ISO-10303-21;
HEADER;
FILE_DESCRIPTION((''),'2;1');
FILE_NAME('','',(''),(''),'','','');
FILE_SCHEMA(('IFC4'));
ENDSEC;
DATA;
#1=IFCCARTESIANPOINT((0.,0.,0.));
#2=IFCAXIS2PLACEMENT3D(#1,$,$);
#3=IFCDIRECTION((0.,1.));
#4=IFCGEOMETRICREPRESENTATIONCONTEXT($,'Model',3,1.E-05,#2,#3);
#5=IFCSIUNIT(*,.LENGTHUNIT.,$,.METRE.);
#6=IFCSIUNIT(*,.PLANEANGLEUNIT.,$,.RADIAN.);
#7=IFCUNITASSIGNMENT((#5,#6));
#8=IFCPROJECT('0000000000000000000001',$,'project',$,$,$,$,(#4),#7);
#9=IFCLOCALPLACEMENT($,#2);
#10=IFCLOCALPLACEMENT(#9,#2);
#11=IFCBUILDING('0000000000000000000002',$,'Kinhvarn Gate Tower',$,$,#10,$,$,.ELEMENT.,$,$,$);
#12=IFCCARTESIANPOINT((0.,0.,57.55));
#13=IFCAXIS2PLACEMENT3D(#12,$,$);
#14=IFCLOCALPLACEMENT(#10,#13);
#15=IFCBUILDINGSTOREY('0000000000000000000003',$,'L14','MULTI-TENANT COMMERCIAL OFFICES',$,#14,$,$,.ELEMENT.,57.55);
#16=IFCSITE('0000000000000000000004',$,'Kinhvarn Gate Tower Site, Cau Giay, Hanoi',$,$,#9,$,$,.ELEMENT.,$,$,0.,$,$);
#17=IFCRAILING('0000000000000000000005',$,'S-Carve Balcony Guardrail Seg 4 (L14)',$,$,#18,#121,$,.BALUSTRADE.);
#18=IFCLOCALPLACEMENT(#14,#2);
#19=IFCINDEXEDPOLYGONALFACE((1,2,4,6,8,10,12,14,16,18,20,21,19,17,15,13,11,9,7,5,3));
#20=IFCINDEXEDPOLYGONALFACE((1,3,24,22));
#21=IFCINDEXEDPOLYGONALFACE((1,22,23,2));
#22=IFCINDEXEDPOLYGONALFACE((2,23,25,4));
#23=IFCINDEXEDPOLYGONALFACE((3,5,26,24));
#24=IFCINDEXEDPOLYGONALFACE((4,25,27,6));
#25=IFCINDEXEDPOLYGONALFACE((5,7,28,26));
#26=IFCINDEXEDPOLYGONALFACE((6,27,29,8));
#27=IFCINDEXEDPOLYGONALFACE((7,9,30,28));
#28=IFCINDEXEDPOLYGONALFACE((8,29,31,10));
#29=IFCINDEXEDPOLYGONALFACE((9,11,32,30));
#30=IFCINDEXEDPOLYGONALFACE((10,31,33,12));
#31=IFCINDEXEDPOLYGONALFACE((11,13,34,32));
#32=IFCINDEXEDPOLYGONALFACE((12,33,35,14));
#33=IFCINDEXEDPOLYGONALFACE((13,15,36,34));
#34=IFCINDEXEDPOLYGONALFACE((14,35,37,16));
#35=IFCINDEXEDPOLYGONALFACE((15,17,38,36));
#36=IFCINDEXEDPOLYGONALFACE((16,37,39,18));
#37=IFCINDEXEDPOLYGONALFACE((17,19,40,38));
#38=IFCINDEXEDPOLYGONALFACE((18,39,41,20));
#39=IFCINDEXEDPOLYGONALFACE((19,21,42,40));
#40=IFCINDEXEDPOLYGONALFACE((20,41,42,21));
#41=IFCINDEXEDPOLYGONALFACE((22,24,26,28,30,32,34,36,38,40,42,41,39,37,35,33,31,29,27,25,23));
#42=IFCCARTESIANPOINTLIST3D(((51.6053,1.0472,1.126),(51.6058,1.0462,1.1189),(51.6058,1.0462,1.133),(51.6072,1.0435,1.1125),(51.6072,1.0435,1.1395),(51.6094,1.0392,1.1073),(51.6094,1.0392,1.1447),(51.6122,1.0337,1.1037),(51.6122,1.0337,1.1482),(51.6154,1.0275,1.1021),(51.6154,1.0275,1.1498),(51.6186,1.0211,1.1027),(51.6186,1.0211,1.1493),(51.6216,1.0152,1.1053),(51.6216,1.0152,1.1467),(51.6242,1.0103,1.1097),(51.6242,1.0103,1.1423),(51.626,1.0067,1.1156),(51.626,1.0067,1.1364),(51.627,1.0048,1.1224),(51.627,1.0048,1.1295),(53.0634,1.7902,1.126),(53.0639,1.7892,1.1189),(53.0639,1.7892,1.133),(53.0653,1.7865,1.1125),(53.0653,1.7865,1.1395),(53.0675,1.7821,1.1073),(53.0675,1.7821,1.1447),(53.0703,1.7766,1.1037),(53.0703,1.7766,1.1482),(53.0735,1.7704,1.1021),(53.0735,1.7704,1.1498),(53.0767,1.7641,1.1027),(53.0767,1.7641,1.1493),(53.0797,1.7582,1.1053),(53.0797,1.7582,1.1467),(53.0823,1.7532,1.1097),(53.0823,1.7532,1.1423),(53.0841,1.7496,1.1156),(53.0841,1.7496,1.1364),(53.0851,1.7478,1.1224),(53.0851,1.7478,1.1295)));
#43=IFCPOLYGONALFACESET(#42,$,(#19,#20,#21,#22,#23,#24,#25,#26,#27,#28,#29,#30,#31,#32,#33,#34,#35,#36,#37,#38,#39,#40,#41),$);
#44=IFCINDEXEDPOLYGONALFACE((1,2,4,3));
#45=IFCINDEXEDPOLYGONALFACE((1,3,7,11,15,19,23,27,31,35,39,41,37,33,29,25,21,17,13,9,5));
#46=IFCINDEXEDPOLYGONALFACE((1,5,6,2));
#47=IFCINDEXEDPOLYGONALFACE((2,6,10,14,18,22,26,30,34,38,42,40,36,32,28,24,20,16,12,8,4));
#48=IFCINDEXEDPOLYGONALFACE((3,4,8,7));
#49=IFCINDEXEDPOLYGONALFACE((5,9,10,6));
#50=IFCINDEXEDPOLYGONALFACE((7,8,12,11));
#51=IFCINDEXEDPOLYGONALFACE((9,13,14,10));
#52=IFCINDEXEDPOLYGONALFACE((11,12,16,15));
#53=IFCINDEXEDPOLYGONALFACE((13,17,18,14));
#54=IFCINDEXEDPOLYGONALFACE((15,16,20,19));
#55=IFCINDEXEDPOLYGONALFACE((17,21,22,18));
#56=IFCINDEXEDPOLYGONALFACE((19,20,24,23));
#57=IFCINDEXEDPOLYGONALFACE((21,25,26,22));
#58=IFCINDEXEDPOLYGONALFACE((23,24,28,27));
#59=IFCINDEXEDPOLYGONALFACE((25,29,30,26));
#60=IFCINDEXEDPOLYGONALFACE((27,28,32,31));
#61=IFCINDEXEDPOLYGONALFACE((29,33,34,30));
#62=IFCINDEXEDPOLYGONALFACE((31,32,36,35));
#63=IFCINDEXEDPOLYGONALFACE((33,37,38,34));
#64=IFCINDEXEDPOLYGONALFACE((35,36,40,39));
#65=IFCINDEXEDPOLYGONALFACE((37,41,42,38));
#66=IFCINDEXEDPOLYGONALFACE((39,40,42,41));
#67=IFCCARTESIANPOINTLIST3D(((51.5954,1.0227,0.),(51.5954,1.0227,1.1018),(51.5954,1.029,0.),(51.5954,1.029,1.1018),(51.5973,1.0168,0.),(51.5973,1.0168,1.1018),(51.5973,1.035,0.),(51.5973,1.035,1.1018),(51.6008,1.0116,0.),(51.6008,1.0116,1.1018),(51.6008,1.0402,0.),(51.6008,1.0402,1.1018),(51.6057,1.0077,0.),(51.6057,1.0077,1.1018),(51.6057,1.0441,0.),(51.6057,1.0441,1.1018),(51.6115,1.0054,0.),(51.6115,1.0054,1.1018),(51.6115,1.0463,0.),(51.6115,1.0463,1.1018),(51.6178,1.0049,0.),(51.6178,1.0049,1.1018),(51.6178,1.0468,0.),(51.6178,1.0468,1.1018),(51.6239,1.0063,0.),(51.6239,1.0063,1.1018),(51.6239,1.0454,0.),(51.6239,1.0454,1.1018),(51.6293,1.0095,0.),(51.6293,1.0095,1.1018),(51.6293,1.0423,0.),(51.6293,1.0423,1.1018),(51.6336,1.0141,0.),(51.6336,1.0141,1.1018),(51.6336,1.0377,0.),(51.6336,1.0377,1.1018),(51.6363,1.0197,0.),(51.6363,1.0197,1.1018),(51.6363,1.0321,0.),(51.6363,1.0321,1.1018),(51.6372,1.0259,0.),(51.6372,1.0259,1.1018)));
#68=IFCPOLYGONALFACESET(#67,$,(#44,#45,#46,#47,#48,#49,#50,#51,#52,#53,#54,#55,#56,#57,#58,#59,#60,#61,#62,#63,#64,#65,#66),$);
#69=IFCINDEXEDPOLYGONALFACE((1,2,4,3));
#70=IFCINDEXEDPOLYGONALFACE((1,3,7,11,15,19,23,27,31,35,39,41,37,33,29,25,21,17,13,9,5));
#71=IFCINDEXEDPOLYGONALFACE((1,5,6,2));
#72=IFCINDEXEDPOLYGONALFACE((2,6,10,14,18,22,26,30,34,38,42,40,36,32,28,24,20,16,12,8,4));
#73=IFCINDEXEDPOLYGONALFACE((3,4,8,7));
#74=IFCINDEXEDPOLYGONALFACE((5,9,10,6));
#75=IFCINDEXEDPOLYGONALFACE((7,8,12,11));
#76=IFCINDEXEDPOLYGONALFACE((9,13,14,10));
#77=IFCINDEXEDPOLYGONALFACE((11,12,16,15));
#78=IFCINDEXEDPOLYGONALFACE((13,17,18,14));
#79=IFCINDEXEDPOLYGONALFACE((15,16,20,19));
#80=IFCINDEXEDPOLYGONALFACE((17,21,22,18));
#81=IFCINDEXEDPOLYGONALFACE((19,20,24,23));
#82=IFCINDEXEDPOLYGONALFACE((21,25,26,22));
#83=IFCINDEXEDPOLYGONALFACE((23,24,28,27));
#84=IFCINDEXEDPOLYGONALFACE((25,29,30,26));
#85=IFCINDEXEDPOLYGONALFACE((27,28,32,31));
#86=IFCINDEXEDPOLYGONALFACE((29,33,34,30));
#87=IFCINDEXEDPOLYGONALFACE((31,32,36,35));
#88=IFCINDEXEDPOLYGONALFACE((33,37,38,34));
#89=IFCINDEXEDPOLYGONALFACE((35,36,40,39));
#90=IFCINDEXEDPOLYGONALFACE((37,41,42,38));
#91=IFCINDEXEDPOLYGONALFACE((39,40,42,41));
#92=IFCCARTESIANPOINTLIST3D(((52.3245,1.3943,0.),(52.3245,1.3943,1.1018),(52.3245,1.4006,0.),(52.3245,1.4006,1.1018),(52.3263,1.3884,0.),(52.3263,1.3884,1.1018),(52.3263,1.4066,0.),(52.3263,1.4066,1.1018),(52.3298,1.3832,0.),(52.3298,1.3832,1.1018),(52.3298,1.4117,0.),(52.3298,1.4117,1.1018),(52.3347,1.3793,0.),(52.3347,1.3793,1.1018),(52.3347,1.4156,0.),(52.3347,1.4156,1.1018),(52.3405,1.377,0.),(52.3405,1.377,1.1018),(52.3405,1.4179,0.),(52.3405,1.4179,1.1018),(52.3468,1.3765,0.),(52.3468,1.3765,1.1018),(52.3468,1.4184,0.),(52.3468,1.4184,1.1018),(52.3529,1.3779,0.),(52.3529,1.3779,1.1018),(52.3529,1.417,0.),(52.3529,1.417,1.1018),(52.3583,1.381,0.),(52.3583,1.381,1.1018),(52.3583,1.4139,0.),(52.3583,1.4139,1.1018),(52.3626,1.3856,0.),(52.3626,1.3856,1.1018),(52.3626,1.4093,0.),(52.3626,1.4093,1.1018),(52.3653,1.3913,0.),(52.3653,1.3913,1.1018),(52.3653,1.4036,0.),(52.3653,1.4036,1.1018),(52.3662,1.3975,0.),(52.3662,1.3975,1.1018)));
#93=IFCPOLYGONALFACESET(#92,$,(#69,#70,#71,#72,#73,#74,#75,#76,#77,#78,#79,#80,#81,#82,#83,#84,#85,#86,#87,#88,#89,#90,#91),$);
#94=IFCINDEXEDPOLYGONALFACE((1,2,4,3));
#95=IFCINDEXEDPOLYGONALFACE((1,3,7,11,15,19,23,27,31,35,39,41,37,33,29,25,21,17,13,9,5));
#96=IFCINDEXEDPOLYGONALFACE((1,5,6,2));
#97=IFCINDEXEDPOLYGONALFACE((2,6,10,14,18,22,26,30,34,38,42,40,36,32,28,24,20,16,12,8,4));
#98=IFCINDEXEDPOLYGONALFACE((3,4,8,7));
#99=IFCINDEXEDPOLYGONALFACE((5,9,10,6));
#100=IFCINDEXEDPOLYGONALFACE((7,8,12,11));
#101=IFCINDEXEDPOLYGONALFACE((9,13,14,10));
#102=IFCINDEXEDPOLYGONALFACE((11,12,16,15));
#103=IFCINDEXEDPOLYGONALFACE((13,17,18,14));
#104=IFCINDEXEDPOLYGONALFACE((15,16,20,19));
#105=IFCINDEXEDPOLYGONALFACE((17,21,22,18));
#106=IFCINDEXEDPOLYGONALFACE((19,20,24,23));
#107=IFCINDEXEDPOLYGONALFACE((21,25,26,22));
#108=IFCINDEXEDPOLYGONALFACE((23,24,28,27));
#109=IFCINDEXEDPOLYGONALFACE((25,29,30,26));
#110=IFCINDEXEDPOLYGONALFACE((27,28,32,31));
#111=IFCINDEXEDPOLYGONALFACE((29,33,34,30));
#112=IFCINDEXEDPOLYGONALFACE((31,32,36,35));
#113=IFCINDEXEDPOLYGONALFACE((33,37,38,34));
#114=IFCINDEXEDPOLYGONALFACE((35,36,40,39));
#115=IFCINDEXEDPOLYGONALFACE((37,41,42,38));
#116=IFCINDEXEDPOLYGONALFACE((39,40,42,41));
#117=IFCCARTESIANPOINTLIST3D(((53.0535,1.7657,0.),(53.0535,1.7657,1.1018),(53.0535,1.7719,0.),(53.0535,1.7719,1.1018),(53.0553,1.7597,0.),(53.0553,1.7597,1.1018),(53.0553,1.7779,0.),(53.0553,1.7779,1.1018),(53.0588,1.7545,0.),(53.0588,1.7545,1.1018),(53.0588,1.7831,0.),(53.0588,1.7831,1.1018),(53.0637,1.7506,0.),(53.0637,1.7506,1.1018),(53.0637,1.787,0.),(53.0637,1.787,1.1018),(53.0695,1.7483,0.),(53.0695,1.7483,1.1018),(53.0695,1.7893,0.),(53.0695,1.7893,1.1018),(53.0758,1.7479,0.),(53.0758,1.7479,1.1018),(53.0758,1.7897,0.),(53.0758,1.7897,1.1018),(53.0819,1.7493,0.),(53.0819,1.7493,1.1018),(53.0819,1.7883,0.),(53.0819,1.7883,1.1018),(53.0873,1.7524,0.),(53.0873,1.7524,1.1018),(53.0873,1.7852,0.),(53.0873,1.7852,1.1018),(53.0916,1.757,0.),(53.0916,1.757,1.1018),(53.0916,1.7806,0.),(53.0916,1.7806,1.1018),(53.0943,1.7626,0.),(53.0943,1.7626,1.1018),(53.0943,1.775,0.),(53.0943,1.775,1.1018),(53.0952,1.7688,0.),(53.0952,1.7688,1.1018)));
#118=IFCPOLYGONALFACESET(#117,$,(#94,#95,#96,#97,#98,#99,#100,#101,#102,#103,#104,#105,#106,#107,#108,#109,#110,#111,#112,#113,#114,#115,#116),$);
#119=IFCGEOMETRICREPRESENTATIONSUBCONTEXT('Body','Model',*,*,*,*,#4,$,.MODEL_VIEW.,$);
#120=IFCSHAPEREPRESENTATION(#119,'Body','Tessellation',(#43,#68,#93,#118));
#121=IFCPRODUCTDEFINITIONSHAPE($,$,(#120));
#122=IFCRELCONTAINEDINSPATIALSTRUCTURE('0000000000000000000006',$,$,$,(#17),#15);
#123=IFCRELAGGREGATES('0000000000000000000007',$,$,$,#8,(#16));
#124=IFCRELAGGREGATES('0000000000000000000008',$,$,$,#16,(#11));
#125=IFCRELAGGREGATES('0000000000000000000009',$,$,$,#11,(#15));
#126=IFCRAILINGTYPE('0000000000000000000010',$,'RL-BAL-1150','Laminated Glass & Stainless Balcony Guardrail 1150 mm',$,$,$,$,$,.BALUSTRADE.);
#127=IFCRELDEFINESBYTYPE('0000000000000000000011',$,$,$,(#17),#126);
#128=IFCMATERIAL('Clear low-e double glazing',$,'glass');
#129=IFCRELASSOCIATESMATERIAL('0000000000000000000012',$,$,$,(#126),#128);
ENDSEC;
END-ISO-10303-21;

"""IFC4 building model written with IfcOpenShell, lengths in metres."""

from ifc_helpers import new_model, si_unit, direction, frame, origin, origin_2d, place, context, subcontext, project, spatial, circle, extrude, material, type_object, element, save


model = new_model("IFC4")

# Units and contexts
model_context = context("Model", 3, precision=1e-05, world=origin(), true_north=direction((0.0, 1.0)))
body_context = subcontext(model_context, "Body", "Model", "MODEL_VIEW")
ifc_project = project(units=[si_unit("LENGTHUNIT", "METRE"), si_unit("PLANEANGLEUNIT", "RADIAN")], contexts=[model_context])

# Site, building, storey
site_placement = place(None, origin())
site = spatial("IfcSite", under=ifc_project, at=site_placement, Name="Kinhvarn Gate Tower Site, Cau Giay, Hanoi", CompositionType="ELEMENT", RefElevation=0.0)
building_placement = place(site_placement, origin())
building = spatial("IfcBuilding", under=site, at=building_placement, Name="Kinhvarn Gate Tower", CompositionType="ELEMENT")
storey_placement = place(building_placement, frame((0.0, 0.0, 57.55)))
storey = spatial("IfcBuildingStorey", under=building, at=storey_placement, Name="L14", Description="MULTI-TENANT COMMERCIAL OFFICES", CompositionType="ELEMENT", Elevation=57.55)

# Shared definitions
ifc_material_1 = material(Name="Clear low-e double glazing", Category="glass")

# Railing
railing_type = type_object("IfcRailingType", Name="RL-BAL-1150", Description="Laminated Glass & Stainless Balcony Guardrail 1150 mm", PredefinedType="BALUSTRADE", material=ifc_material_1)
railing_1_placement = place(storey_placement, frame((51.6162, 1.0259, 0.0)))
element("IfcRailing", 1, at=railing_1_placement, inside=storey, type_object=railing_type, Name="S-Carve Balcony Guardrail Seg 4 (L14)", PredefinedType="BALUSTRADE", context=body_context, shape_type="SweptSolid", body=[
    extrude(circle(Radius=0.0239, at=origin_2d()), frame((0.0, 0.0, 1.126), z_axis=(0.891, 0.454004, 0.0), x_axis=(-0.454004, 0.891, 0.0)), (0.0, 0.0, 1.0), 1.6365),
    extrude(circle(Radius=0.021, at=origin_2d()), origin(), (0.0, 0.0, 1.0), 1.1018),
    extrude(circle(Radius=0.021, at=origin_2d()), frame((0.729, 0.3716, 0.0)), (0.0, 0.0, 1.0), 1.1018),
    extrude(circle(Radius=0.021, at=origin_2d()), frame((1.458, 0.7429, 0.0)), (0.0, 0.0, 1.0), 1.1018),
])

save(model, "model.ifc")
